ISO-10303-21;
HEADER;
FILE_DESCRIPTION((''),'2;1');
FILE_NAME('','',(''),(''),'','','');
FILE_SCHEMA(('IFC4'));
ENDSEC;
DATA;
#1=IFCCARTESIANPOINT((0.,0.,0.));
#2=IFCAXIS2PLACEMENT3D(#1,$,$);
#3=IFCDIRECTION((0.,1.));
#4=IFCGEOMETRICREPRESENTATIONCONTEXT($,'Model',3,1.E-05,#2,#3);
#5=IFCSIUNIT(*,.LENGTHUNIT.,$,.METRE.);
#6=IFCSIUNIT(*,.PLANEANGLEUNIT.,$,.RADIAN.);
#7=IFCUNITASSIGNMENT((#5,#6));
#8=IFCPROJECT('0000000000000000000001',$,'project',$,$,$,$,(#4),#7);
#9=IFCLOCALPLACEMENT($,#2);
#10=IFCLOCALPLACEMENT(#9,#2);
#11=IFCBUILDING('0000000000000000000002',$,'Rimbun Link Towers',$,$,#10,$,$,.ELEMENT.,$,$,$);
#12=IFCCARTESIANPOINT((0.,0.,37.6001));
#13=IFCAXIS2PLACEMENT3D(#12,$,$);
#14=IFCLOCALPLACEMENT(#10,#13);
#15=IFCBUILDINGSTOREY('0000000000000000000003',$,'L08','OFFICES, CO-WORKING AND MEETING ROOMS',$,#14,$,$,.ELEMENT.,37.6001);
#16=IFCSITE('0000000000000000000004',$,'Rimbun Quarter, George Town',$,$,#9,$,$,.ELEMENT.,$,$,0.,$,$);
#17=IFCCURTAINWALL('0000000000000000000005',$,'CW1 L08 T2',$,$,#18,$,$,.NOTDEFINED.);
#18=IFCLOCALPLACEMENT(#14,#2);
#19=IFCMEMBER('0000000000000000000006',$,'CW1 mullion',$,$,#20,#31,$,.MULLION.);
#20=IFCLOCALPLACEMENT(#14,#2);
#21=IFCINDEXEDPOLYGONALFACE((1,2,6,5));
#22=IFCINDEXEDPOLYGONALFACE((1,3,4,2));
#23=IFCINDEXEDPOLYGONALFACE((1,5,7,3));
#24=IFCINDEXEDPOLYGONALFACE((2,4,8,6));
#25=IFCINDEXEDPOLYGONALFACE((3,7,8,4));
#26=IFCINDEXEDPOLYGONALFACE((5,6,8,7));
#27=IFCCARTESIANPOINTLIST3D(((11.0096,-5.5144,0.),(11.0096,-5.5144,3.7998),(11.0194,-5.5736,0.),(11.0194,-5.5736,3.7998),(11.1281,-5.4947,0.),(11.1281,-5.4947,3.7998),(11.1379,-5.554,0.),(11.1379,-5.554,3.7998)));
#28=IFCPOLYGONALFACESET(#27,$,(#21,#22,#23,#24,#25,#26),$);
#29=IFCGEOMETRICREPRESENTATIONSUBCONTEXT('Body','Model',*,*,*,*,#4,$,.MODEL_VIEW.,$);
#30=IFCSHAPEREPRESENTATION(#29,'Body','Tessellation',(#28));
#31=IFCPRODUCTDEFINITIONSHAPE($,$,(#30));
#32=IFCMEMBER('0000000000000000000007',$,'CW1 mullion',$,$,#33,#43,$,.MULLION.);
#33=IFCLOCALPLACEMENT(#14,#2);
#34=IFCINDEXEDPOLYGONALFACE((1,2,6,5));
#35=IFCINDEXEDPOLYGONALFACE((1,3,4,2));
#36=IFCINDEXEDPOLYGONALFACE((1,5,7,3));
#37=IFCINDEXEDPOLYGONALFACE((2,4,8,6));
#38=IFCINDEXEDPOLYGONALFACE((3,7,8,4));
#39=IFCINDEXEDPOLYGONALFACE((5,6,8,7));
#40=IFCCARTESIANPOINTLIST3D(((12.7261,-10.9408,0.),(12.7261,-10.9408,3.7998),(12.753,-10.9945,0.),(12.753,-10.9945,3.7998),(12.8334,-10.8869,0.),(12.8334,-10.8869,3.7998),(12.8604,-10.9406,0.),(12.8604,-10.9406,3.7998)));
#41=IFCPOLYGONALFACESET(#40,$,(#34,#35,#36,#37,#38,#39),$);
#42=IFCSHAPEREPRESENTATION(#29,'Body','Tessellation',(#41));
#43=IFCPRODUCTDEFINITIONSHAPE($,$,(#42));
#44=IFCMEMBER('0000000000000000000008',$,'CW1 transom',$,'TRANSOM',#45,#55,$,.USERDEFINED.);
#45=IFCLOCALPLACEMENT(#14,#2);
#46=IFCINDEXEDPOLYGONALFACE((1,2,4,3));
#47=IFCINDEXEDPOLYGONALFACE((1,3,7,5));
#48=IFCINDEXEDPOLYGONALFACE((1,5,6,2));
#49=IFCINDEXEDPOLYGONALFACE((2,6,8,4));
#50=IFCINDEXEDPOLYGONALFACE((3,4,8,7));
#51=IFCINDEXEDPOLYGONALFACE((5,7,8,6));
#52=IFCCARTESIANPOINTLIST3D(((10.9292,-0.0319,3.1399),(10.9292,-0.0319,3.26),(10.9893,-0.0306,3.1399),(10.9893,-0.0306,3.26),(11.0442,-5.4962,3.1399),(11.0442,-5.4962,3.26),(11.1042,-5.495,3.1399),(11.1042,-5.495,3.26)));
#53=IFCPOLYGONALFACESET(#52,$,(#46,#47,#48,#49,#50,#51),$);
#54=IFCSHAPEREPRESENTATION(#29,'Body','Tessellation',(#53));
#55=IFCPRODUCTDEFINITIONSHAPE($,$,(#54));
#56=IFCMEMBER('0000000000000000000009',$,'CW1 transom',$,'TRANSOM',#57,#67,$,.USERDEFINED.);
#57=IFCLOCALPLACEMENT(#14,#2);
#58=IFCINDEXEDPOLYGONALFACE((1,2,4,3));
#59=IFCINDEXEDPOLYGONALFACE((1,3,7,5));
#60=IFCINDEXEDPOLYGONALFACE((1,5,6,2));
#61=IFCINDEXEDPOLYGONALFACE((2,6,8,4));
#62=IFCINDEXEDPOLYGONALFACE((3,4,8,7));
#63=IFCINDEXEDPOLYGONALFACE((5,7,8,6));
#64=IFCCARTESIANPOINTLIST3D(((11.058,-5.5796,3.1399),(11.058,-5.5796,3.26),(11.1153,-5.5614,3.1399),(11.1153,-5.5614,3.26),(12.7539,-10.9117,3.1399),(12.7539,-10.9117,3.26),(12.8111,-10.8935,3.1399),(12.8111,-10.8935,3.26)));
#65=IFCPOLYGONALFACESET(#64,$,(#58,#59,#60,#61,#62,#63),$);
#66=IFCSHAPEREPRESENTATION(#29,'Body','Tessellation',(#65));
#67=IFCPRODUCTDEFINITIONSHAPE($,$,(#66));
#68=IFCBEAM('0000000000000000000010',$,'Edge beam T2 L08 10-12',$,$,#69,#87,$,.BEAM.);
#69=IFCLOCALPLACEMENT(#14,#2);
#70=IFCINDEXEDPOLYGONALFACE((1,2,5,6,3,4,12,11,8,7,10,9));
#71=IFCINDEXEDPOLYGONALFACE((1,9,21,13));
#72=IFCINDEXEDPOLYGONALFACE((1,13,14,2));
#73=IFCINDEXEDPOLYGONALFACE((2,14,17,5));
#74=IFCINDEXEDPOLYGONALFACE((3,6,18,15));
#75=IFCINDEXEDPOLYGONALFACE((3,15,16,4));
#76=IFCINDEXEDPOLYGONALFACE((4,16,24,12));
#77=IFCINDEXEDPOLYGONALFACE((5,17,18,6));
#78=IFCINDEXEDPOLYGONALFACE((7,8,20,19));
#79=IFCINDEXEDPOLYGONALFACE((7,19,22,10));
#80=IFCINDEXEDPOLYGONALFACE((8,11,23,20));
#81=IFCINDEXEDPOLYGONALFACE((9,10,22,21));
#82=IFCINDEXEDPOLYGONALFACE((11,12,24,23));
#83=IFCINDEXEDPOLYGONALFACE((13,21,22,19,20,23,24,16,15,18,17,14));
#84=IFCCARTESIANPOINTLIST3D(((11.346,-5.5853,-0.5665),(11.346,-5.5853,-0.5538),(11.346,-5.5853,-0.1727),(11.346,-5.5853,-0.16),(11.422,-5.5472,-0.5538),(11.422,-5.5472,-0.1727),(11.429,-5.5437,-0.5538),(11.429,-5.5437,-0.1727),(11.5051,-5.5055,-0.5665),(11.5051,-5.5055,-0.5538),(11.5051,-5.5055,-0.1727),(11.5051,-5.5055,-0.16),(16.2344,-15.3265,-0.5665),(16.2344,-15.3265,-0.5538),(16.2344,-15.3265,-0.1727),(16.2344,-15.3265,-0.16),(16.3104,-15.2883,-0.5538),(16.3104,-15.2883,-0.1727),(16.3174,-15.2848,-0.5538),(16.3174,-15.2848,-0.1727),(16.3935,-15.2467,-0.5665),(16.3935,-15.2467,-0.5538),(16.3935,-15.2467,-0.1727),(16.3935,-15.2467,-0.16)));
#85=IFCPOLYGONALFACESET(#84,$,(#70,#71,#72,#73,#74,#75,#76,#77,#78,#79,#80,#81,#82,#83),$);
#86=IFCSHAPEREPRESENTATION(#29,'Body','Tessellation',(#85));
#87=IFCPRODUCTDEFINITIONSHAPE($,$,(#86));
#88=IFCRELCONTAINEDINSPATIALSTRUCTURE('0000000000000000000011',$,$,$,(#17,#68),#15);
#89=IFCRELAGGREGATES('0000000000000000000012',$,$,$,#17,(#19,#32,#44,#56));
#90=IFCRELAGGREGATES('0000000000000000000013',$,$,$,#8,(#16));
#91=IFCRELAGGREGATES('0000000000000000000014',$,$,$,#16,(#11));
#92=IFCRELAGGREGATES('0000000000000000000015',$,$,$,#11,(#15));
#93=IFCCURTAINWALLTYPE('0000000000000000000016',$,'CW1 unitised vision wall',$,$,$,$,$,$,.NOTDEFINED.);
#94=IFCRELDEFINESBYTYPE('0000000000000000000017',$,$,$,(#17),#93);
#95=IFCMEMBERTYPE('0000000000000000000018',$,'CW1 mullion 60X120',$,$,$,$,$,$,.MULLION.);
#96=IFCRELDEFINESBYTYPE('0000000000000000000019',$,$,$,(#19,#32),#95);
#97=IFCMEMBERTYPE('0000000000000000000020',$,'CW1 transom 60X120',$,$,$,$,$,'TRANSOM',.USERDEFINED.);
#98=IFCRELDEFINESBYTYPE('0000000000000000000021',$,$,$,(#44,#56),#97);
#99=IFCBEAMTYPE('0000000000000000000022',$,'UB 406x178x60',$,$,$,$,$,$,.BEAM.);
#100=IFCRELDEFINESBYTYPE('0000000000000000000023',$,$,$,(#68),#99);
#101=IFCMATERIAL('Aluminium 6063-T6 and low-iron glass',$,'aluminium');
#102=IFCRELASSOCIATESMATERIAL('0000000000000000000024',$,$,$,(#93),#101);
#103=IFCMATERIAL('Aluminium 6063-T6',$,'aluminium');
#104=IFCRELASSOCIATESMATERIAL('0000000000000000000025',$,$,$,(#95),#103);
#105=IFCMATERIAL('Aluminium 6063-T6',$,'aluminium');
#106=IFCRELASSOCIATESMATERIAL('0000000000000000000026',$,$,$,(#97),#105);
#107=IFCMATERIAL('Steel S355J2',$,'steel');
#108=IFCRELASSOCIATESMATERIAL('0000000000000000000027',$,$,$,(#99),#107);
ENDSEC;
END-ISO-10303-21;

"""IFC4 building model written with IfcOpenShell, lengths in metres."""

from ifc_helpers import new_model, si_unit, direction, frame, origin, origin_2d, place, context, subcontext, project, spatial, rectangle, i_section, extrude, material, material_profile, profile_set, type_object, element, aggregate, save


model = new_model("IFC4")

# Units and contexts
model_context = context("Model", 3, precision=1e-05, world=origin(), true_north=direction((0.0, 1.0)))
body_context = subcontext(model_context, "Body", "Model", "MODEL_VIEW")
ifc_project = project(units=[si_unit("LENGTHUNIT", "METRE"), si_unit("PLANEANGLEUNIT", "RADIAN")], contexts=[model_context])

# Site, building, storey
site_placement = place(None, origin())
site = spatial("IfcSite", under=ifc_project, at=site_placement, Name="Rimbun Quarter, George Town", CompositionType="ELEMENT", RefElevation=0.0)
building_placement = place(site_placement, origin())
building = spatial("IfcBuilding", under=site, at=building_placement, Name="Rimbun Link Towers", CompositionType="ELEMENT")
storey_placement = place(building_placement, frame((0.0, 0.0, 37.6001)))
storey = spatial("IfcBuildingStorey", under=building, at=storey_placement, Name="L08", Description="OFFICES, CO-WORKING AND MEETING ROOMS", CompositionType="ELEMENT", Elevation=37.6001)

# Curtain wall, members
ifc_material_1 = material(Name="Aluminium 6063-T6 and low-iron glass", Category="aluminium")
curtain_wall_type = type_object("IfcCurtainWallType", Name="CW1 unitised vision wall", PredefinedType="NOTDEFINED", material=ifc_material_1)
curtain_wall_placement = place(storey_placement, origin())
curtain_wall = element("IfcCurtainWall", 1, at=curtain_wall_placement, inside=storey, type_object=curtain_wall_type, Name="CW1 L08 T2", PredefinedType="NOTDEFINED")
ifc_material_2 = material(Name="Aluminium 6063-T6", Category="aluminium")
ifc_material_profile_1 = material_profile(ifc_material_2, rectangle(XDim=0.1201, YDim=0.0601, at=origin_2d()), Name="MULLION 60X120")
ifc_profile_set_1 = profile_set([ifc_material_profile_1], Name="Aluminium 6063-T6")
member_type_1 = type_object("IfcMemberType", Name="CW1 mullion 60X120", PredefinedType="MULLION", material=ifc_profile_set_1)
member_1_placement = place(storey_placement, frame((11.0737, -5.5342, 0.0), z_axis=(0.0, 0.0, 1.0), x_axis=(-0.986502, -0.163751, 0.0)))
member_1 = element("IfcMember", 2, at=member_1_placement, type_object=member_type_1, Name="CW1 mullion", PredefinedType="MULLION", context=body_context, shape_type="SweptSolid", body=[
    extrude(rectangle(XDim=0.1201, YDim=0.0601, at=origin_2d()), origin(), (0.0, 0.0, 1.0), 3.7998),
])
member_2_placement = place(storey_placement, frame((12.7932, -10.9407, 0.0), z_axis=(0.0, 0.0, 1.0), x_axis=(-0.893747, -0.44857, 0.0)))
member_2 = element("IfcMember", 3, at=member_2_placement, type_object=member_type_1, Name="CW1 mullion", PredefinedType="MULLION", context=body_context, shape_type="SweptSolid", body=[
    extrude(rectangle(XDim=0.1201, YDim=0.0601, at=origin_2d()), origin(), (0.0, 0.0, 1.0), 3.7998),
])
ifc_material_3 = material(Name="Aluminium 6063-T6", Category="aluminium")
ifc_material_profile_2 = material_profile(ifc_material_3, rectangle(XDim=0.0601, YDim=0.1201, at=origin_2d()), Name="TRANSOM 60X120")
ifc_profile_set_2 = profile_set([ifc_material_profile_2], Name="Aluminium 6063-T6")
member_type_2 = type_object("IfcMemberType", Name="CW1 transom 60X120", ElementType="TRANSOM", PredefinedType="USERDEFINED", material=ifc_profile_set_2)
member_3_placement = place(storey_placement, frame((11.0742, -5.4956, 3.2), z_axis=(-0.021039, 0.999779, 0.0), x_axis=(-0.999779, -0.021039, 0.0)))
member_3 = element("IfcMember", 4, at=member_3_placement, type_object=member_type_2, Name="CW1 transom", ObjectType="TRANSOM", PredefinedType="USERDEFINED", context=body_context, shape_type="SweptSolid", body=[
    extrude(rectangle(XDim=0.0601, YDim=0.1201, at=origin_2d()), origin(), (0.0, 0.0, 1.0), 5.4656),
])
member_4_placement = place(storey_placement, frame((12.7825, -10.9026, 3.2), z_axis=(-0.303081, 0.952965, 0.0), x_axis=(-0.952965, -0.303081, 0.0)))
member_4 = element("IfcMember", 5, at=member_4_placement, type_object=member_type_2, Name="CW1 transom", ObjectType="TRANSOM", PredefinedType="USERDEFINED", context=body_context, shape_type="SweptSolid", body=[
    extrude(rectangle(XDim=0.0601, YDim=0.1201, at=origin_2d()), origin(), (0.0, 0.0, 1.0), 5.5952),
])

# Beam
ifc_material_4 = material(Name="Steel S355J2", Category="steel")
ifc_material_profile_3 = material_profile(ifc_material_4, i_section(OverallWidth=0.178, OverallDepth=0.4065, WebThickness=0.0078, FlangeThickness=0.0127, at=origin_2d()), Name="UB 406x178x60")
ifc_profile_set_3 = profile_set([ifc_material_profile_3], Name="Steel S355J2")
beam_type = type_object("IfcBeamType", Name="UB 406x178x60", PredefinedType="BEAM", material=ifc_profile_set_3)
beam_placement = place(storey_placement, frame((11.4255, -5.5454, -0.3633), z_axis=(0.448521, -0.893772, 0.0), x_axis=(0.893772, 0.448521, 0.0)))
element("IfcBeam", 6, at=beam_placement, inside=storey, type_object=beam_type, Name="Edge beam T2 L08 10-12", PredefinedType="BEAM", context=body_context, shape_type="SweptSolid", body=[
    extrude(i_section(OverallWidth=0.178, OverallDepth=0.4065, WebThickness=0.0078, FlangeThickness=0.0127, at=origin_2d()), origin(), (0.0, 0.0, 1.0), 10.8989),
])

aggregate(curtain_wall, [member_1, member_2, member_3, member_4])

save(model, "model.ifc")
